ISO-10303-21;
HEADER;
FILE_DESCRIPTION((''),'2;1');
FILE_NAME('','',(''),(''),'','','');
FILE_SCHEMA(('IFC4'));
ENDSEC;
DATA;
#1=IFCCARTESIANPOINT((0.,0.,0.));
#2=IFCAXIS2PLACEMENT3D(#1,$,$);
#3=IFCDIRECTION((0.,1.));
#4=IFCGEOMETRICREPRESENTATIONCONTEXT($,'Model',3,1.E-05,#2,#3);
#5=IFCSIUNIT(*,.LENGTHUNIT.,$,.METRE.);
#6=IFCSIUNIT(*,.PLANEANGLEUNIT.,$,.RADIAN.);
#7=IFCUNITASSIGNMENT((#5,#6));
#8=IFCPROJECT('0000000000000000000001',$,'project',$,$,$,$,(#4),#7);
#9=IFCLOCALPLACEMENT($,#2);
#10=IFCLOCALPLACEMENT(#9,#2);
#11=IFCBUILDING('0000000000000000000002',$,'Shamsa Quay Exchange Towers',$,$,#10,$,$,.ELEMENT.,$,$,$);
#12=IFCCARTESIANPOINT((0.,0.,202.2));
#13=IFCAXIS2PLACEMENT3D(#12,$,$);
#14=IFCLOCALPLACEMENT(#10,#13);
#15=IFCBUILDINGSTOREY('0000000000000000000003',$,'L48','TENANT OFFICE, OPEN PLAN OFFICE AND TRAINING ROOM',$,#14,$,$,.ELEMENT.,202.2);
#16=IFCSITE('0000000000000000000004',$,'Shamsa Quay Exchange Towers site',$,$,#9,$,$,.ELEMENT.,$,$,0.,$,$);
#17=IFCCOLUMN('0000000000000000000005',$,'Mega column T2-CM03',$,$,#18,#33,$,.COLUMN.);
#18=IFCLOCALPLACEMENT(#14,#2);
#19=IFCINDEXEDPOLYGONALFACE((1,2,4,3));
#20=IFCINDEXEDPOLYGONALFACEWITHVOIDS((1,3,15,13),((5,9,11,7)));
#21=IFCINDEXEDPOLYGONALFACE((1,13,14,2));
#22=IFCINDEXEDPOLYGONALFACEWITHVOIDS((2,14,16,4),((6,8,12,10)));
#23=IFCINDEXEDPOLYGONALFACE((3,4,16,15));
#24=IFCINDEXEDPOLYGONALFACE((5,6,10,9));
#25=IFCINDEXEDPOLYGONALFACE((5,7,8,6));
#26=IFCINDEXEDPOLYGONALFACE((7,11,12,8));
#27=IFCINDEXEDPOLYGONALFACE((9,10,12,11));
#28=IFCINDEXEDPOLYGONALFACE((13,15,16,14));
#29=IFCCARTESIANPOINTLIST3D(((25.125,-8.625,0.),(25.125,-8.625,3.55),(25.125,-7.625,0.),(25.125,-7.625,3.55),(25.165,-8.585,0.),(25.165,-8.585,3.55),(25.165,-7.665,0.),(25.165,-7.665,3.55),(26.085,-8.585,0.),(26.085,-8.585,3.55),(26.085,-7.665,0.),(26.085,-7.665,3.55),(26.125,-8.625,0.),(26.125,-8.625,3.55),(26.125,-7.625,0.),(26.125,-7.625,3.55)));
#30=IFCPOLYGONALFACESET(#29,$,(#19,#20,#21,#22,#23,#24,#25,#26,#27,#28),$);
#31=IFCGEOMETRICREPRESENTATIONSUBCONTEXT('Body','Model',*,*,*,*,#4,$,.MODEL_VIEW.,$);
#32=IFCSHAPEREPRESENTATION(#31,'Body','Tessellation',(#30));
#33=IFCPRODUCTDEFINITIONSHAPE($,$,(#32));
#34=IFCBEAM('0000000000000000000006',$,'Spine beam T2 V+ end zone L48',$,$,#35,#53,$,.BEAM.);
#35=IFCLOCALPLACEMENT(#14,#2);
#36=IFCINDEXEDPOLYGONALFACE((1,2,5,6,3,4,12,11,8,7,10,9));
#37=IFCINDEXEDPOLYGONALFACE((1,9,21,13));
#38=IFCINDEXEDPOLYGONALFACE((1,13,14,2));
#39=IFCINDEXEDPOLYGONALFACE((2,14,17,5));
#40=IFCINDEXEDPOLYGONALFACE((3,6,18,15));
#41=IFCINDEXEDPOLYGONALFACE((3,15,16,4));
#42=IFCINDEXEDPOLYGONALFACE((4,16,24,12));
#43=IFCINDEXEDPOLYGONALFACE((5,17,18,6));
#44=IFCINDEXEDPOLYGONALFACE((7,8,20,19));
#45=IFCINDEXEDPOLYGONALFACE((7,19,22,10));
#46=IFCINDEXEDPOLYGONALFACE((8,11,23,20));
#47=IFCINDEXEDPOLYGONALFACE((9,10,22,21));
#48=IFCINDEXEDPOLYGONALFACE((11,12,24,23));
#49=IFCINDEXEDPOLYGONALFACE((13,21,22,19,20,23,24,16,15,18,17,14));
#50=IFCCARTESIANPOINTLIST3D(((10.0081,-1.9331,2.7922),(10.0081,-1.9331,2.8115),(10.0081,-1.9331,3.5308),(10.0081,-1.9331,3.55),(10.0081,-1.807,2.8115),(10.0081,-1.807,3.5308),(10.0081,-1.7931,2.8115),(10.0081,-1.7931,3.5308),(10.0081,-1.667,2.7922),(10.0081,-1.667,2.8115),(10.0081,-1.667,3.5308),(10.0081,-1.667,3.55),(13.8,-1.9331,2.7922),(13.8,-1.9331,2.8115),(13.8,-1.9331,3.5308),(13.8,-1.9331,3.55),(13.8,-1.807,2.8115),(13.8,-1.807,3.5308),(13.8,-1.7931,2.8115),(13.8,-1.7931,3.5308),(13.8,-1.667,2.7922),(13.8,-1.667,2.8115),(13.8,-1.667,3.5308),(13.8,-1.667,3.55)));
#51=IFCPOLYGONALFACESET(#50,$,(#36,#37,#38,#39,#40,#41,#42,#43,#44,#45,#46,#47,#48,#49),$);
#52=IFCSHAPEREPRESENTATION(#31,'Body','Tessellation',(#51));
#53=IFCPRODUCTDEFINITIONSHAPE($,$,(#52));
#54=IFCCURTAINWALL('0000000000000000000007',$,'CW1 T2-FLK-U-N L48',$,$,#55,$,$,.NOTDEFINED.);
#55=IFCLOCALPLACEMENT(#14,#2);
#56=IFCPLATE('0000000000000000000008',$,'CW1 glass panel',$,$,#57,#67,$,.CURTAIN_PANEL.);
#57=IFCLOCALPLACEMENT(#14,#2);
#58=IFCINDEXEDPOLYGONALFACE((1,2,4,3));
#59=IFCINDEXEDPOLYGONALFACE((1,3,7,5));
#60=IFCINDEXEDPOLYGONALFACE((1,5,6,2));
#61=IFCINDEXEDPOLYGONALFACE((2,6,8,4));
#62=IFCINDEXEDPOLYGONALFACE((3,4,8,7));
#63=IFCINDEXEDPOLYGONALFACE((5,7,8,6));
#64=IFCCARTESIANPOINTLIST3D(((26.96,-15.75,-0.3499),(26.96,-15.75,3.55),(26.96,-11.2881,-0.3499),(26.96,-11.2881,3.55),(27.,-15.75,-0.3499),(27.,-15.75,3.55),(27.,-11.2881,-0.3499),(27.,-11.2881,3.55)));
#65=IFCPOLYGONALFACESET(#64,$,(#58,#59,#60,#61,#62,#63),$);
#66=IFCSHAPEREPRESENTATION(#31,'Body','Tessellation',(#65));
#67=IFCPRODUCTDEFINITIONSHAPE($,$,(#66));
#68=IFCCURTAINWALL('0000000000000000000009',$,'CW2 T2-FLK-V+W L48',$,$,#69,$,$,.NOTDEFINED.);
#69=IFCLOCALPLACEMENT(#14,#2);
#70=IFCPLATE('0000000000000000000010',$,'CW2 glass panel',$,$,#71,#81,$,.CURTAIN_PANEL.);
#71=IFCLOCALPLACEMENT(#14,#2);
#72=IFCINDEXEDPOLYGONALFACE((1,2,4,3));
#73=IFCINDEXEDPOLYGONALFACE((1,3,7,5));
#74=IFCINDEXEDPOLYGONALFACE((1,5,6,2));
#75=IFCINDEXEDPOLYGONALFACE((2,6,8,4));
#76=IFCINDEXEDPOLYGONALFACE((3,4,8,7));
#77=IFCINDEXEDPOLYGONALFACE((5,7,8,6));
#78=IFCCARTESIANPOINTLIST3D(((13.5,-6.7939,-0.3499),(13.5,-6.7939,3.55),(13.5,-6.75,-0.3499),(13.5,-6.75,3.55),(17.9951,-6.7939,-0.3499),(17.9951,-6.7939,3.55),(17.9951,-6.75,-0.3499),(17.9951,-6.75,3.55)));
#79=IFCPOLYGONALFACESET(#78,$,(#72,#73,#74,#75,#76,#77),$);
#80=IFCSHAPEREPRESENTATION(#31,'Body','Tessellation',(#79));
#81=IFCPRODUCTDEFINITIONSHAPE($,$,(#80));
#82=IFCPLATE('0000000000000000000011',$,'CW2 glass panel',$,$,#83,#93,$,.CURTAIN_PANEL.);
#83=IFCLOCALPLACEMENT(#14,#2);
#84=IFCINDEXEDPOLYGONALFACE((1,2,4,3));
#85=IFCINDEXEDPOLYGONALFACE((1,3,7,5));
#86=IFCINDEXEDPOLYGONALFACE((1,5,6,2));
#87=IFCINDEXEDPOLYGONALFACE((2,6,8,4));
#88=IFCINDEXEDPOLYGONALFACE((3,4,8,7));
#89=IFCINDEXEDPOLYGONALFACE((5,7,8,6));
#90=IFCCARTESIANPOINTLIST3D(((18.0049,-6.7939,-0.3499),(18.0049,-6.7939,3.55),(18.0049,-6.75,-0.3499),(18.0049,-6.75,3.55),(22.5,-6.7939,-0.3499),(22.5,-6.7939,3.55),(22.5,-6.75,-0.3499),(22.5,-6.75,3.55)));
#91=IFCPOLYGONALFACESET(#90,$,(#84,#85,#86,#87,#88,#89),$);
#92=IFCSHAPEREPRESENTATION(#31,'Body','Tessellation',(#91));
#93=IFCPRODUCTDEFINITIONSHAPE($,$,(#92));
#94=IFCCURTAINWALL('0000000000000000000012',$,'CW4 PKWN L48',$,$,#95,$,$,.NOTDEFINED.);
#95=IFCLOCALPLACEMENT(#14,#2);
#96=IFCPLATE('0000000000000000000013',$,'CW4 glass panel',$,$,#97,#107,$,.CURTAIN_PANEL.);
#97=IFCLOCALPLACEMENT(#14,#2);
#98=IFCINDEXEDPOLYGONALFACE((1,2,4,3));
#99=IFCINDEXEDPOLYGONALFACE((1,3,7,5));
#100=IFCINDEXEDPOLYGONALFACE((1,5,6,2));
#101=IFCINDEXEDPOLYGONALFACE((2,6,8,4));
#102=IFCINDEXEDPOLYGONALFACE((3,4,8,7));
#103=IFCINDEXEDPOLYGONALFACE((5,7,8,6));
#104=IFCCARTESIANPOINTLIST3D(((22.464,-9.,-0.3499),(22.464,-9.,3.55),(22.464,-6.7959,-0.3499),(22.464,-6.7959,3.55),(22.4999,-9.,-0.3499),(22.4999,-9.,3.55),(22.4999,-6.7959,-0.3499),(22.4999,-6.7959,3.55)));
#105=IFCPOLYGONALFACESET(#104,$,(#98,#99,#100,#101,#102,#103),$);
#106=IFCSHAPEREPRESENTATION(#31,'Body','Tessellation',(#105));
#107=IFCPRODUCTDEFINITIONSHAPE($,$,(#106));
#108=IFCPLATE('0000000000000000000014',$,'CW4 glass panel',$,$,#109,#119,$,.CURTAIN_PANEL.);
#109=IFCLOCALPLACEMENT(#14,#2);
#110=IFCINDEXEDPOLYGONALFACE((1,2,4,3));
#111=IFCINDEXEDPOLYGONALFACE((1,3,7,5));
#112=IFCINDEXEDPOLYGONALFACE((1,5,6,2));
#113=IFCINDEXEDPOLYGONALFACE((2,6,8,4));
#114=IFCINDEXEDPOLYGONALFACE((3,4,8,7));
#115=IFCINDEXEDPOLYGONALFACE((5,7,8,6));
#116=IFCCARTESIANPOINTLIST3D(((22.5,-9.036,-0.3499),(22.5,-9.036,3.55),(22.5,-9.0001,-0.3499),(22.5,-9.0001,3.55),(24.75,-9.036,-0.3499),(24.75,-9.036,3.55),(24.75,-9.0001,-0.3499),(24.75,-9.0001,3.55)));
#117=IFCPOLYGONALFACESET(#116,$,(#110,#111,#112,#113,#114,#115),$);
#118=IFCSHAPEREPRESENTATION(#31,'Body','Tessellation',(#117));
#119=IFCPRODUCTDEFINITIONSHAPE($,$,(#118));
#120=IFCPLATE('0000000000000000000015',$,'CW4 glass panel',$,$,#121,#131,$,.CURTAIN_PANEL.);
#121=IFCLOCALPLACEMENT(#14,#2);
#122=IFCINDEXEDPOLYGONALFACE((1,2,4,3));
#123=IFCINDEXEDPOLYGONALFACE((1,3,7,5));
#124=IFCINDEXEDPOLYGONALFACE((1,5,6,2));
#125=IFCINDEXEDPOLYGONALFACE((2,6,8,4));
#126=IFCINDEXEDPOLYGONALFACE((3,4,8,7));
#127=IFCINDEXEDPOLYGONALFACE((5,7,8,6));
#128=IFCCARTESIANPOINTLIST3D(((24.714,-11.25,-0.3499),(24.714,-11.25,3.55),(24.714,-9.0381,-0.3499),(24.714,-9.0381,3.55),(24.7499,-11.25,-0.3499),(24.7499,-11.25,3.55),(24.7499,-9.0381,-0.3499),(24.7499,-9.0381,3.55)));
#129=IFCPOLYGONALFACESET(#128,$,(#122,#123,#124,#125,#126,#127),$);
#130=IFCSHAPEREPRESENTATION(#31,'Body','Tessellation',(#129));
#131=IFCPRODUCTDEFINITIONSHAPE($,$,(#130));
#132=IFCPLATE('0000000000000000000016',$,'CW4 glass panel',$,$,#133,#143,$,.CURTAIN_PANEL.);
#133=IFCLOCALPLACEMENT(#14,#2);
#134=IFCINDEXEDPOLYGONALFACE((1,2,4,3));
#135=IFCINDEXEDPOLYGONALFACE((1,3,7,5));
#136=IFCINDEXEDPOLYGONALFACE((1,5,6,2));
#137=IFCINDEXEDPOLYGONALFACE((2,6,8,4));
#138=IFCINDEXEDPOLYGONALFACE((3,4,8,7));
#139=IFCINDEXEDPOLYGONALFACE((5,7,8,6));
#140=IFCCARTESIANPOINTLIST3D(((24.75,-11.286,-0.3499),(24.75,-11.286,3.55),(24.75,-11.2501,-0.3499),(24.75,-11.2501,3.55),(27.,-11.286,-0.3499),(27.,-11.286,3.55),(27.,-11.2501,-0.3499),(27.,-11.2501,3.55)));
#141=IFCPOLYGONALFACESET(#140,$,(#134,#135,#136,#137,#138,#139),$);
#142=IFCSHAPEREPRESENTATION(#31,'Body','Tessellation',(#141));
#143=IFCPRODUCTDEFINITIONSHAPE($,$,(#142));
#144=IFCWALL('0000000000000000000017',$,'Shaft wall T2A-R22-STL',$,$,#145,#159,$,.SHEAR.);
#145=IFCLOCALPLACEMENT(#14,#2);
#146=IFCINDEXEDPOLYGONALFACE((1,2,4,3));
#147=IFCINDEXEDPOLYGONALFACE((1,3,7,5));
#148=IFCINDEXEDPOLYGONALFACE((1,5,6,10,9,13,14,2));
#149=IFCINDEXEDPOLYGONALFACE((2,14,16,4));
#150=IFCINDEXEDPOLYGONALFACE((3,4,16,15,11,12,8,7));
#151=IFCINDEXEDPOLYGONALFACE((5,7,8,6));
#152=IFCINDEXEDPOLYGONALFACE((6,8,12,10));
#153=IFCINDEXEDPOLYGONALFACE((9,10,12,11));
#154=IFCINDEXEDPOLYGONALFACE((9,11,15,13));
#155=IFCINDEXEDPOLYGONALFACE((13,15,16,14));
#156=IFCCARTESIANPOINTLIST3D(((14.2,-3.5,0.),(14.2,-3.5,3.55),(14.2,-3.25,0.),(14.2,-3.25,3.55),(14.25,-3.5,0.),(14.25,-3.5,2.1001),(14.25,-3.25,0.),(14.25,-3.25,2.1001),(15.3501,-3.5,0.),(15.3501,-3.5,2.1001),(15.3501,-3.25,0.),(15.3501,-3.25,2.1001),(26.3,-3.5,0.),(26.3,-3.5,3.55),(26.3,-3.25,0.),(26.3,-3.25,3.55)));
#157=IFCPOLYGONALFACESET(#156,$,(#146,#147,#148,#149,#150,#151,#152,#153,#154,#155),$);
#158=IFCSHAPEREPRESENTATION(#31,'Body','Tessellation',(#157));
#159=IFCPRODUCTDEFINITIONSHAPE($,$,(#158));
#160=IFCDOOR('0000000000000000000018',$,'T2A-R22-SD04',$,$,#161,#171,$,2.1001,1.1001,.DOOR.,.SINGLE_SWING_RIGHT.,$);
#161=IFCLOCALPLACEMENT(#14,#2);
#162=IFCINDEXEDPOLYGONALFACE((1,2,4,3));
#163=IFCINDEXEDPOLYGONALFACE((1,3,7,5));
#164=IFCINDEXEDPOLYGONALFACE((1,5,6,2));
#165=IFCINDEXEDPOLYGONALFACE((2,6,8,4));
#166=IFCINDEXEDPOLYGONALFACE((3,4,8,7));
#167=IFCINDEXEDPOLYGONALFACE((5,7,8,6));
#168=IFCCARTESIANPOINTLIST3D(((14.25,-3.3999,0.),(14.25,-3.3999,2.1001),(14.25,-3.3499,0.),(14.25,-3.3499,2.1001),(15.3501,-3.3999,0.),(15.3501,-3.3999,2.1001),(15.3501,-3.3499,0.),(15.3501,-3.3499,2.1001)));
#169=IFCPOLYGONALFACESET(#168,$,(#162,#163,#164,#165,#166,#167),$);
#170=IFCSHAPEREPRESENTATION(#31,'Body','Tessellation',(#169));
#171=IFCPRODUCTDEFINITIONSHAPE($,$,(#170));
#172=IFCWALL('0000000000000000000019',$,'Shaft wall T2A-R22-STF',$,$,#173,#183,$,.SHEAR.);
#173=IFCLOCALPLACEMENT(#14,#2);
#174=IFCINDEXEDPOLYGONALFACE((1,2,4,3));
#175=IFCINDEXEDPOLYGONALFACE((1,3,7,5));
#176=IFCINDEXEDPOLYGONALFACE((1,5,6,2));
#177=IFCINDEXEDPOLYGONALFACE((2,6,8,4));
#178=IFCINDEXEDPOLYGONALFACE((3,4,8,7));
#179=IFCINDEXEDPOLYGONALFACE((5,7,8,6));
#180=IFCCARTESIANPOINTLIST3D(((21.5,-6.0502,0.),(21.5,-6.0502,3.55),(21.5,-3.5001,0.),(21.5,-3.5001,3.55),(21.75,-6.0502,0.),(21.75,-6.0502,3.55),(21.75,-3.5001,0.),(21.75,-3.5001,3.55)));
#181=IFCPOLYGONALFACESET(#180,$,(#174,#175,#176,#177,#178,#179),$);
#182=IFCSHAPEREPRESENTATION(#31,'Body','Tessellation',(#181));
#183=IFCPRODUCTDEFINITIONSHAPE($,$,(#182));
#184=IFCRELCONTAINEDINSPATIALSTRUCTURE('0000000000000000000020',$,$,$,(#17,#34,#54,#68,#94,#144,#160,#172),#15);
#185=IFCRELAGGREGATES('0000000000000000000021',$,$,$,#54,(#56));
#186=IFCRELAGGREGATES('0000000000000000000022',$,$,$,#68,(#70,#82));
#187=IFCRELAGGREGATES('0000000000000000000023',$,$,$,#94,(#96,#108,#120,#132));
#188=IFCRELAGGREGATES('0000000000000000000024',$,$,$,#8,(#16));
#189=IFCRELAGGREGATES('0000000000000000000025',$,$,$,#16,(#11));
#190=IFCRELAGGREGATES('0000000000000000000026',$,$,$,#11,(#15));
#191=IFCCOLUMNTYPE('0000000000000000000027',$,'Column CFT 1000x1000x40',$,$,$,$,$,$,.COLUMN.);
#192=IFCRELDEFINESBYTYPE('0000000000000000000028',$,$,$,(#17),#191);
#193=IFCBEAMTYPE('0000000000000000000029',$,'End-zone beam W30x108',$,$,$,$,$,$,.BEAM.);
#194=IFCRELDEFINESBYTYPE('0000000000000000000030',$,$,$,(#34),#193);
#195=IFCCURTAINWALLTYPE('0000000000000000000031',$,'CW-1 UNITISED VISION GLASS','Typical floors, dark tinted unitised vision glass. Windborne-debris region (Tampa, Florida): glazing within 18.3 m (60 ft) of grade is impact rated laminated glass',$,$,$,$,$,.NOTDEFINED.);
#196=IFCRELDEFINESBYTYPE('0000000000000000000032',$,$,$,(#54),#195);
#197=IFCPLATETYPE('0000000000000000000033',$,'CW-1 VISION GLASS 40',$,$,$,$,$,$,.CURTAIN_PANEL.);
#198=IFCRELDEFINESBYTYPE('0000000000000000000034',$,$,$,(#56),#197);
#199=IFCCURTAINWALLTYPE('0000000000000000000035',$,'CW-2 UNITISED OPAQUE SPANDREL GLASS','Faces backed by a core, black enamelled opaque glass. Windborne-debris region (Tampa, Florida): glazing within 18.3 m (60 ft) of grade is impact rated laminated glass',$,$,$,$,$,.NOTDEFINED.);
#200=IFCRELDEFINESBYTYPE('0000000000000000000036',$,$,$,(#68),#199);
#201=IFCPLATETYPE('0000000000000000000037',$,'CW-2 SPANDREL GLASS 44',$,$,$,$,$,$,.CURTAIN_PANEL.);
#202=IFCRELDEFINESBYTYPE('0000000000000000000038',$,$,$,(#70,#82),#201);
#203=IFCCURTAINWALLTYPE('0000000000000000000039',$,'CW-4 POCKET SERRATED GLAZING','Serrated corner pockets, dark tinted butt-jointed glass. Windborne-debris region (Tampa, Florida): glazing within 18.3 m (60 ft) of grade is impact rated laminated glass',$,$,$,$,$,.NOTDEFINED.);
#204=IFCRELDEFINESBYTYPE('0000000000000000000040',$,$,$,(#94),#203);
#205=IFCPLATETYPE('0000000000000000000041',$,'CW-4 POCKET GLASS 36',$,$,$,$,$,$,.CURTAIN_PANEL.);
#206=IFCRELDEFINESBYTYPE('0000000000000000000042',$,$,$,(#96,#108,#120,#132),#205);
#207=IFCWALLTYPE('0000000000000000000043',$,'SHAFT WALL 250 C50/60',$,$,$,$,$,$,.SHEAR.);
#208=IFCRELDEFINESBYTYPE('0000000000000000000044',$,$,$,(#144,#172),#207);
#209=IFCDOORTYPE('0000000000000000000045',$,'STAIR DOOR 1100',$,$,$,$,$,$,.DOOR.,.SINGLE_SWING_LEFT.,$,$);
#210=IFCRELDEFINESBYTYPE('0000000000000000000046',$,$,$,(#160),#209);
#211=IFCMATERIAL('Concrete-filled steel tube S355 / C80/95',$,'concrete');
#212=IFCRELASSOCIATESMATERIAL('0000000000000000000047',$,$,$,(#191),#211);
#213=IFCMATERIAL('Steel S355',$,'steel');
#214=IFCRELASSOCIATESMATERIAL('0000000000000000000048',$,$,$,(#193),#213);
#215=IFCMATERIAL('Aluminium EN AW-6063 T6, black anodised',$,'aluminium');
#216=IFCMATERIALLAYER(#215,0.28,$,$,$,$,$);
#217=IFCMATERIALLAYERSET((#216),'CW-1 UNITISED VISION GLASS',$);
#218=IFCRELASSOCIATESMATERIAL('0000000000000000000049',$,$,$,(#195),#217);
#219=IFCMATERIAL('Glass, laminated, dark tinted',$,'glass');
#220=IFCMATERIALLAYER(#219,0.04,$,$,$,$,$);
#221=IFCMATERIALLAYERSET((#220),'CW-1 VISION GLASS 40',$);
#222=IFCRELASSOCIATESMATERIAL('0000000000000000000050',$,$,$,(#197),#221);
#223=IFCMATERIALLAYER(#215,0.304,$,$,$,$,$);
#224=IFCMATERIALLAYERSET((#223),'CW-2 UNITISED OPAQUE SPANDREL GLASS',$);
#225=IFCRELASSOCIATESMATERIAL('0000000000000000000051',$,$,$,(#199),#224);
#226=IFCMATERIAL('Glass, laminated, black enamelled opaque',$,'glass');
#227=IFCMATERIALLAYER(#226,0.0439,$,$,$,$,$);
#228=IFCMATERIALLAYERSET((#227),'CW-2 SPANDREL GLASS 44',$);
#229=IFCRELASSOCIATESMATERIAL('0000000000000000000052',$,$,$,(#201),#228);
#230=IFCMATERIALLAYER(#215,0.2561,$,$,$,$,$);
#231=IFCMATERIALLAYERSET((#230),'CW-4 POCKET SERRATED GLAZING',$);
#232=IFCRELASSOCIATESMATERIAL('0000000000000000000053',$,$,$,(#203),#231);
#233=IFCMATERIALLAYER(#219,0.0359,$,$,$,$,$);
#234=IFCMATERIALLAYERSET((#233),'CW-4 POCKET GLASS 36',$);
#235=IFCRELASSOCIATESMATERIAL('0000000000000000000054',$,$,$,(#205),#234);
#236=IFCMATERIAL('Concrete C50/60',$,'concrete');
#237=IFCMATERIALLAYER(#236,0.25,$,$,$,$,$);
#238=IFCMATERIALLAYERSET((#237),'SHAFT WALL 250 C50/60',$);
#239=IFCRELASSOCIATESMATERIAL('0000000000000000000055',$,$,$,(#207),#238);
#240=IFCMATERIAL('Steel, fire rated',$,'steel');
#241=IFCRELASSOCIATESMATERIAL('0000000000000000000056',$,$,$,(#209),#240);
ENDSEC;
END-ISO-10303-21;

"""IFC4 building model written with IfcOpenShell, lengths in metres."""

from ifc_helpers import new_model, si_unit, direction, frame, frame_2d, origin, origin_2d, place, context, subcontext, project, spatial, rectangle, hollow_rectangle, i_section, extrude, material, layer, layer_set, material_profile, profile_set, type_object, element, fill, aggregate, save


model = new_model("IFC4")

# Units and contexts
model_context = context("Model", 3, precision=1e-05, world=origin(), true_north=direction((0.0, 1.0)))
body_context = subcontext(model_context, "Body", "Model", "MODEL_VIEW")
ifc_project = project(units=[si_unit("LENGTHUNIT", "METRE"), si_unit("PLANEANGLEUNIT", "RADIAN")], contexts=[model_context])

# Site, building, storey
site_placement = place(None, origin())
site = spatial("IfcSite", under=ifc_project, at=site_placement, Name="Shamsa Quay Exchange Towers site", CompositionType="ELEMENT", RefElevation=0.0)
building_placement = place(site_placement, origin())
building = spatial("IfcBuilding", under=site, at=building_placement, Name="Shamsa Quay Exchange Towers", CompositionType="ELEMENT")
storey_placement = place(building_placement, frame((0.0, 0.0, 202.2)))
storey = spatial("IfcBuildingStorey", under=building, at=storey_placement, Name="L48", Description="TENANT OFFICE, OPEN PLAN OFFICE AND TRAINING ROOM", CompositionType="ELEMENT", Elevation=202.2)

# Column
ifc_material_1 = material(Name="Concrete-filled steel tube S355 / C80/95", Category="concrete")
ifc_material_profile_1 = material_profile(ifc_material_1, hollow_rectangle(XDim=1.0, YDim=1.0, WallThickness=0.04, at=origin_2d()), Name="CFT 1000x1000x40")
ifc_profile_set_1 = profile_set([ifc_material_profile_1], Name="Concrete-filled steel tube S355 / C80/95")
column_type = type_object("IfcColumnType", Name="Column CFT 1000x1000x40", PredefinedType="COLUMN", material=ifc_profile_set_1)
column_placement = place(storey_placement, frame((25.625, -8.125, 0.0)))
element("IfcColumn", 1, at=column_placement, inside=storey, type_object=column_type, Name="Mega column T2-CM03", PredefinedType="COLUMN", context=body_context, shape_type="SweptSolid", body=[
    extrude(hollow_rectangle(XDim=1.0, YDim=1.0, WallThickness=0.04, at=origin_2d()), origin(), (0.0, 0.0, 1.0), 3.55),
])

# Beam
ifc_material_2 = material(Name="Steel S355", Category="steel")
ifc_material_profile_2 = material_profile(ifc_material_2, i_section(OverallWidth=0.2661, OverallDepth=0.7578, WebThickness=0.0139, FlangeThickness=0.0193, at=origin_2d()), Name="W30x108")
ifc_profile_set_2 = profile_set([ifc_material_profile_2], Name="Steel S355")
beam_type = type_object("IfcBeamType", Name="End-zone beam W30x108", PredefinedType="BEAM", material=ifc_profile_set_2)
beam_placement = place(storey_placement, frame((13.8, -1.8, 3.1711), z_axis=(-1.0, 0.0, 0.0), x_axis=(0.0, -1.0, 0.0)))
element("IfcBeam", 2, at=beam_placement, inside=storey, type_object=beam_type, Name="Spine beam T2 V+ end zone L48", PredefinedType="BEAM", context=body_context, shape_type="SweptSolid", body=[
    extrude(i_section(OverallWidth=0.2661, OverallDepth=0.7578, WebThickness=0.0139, FlangeThickness=0.0193, at=origin_2d()), origin(), (0.0, 0.0, 1.0), 3.792),
])

# Curtain wall, plate
ifc_material_3 = material(Name="Aluminium EN AW-6063 T6, black anodised", Category="aluminium")
ifc_layer_1 = layer(ifc_material_3, 0.28)
ifc_layer_set_1 = layer_set([ifc_layer_1], Name="CW-1 UNITISED VISION GLASS")
curtain_wall_type_1 = type_object("IfcCurtainWallType", Name="CW-1 UNITISED VISION GLASS", Description="Typical floors, dark tinted unitised vision glass. Windborne-debris region (Tampa, Florida): glazing within 18.3 m (60 ft) of grade is impact rated laminated glass", PredefinedType="NOTDEFINED", material=ifc_layer_set_1)
curtain_wall_1_placement = place(storey_placement, origin())
curtain_wall_1 = element("IfcCurtainWall", 3, at=curtain_wall_1_placement, inside=storey, type_object=curtain_wall_type_1, Name="CW1 T2-FLK-U-N L48", PredefinedType="NOTDEFINED")
ifc_material_4 = material(Name="Glass, laminated, dark tinted", Category="glass")
ifc_layer_2 = layer(ifc_material_4, 0.04)
ifc_layer_set_2 = layer_set([ifc_layer_2], Name="CW-1 VISION GLASS 40")
plate_type_1 = type_object("IfcPlateType", Name="CW-1 VISION GLASS 40", PredefinedType="CURTAIN_PANEL", material=ifc_layer_set_2)
plate_1_placement = place(storey_placement, frame((26.98, -13.519, -0.3499), z_axis=(0.0, 0.0, 1.0), x_axis=(0.0, -1.0, 0.0)))
plate_1 = element("IfcPlate", 4, at=plate_1_placement, type_object=plate_type_1, Name="CW1 glass panel", PredefinedType="CURTAIN_PANEL", context=body_context, shape_type="SweptSolid", body=[
    extrude(rectangle(XDim=4.4619, YDim=0.04, at=origin_2d()), origin(), (0.0, 0.0, 1.0), 3.8999),
])
aggregate(curtain_wall_1, [plate_1])

# Curtain walls, plates
ifc_layer_3 = layer(ifc_material_3, 0.304)
ifc_layer_set_3 = layer_set([ifc_layer_3], Name="CW-2 UNITISED OPAQUE SPANDREL GLASS")
curtain_wall_type_2 = type_object("IfcCurtainWallType", Name="CW-2 UNITISED OPAQUE SPANDREL GLASS", Description="Faces backed by a core, black enamelled opaque glass. Windborne-debris region (Tampa, Florida): glazing within 18.3 m (60 ft) of grade is impact rated laminated glass", PredefinedType="NOTDEFINED", material=ifc_layer_set_3)
curtain_wall_2_placement = place(storey_placement, origin())
curtain_wall_2 = element("IfcCurtainWall", 5, at=curtain_wall_2_placement, inside=storey, type_object=curtain_wall_type_2, Name="CW2 T2-FLK-V+W L48", PredefinedType="NOTDEFINED")
ifc_material_5 = material(Name="Glass, laminated, black enamelled opaque", Category="glass")
ifc_layer_4 = layer(ifc_material_5, 0.0439)
ifc_layer_set_4 = layer_set([ifc_layer_4], Name="CW-2 SPANDREL GLASS 44")
plate_type_2 = type_object("IfcPlateType", Name="CW-2 SPANDREL GLASS 44", PredefinedType="CURTAIN_PANEL", material=ifc_layer_set_4)
plate_2_placement = place(storey_placement, frame((15.7476, -6.772, -0.3499)))
plate_2 = element("IfcPlate", 6, at=plate_2_placement, type_object=plate_type_2, Name="CW2 glass panel", PredefinedType="CURTAIN_PANEL", context=body_context, shape_type="SweptSolid", body=[
    extrude(rectangle(XDim=4.4951, YDim=0.0439, at=origin_2d()), origin(), (0.0, 0.0, 1.0), 3.8999),
])
plate_3_placement = place(storey_placement, frame((20.2524, -6.772, -0.3499)))
plate_3 = element("IfcPlate", 7, at=plate_3_placement, type_object=plate_type_2, Name="CW2 glass panel", PredefinedType="CURTAIN_PANEL", context=body_context, shape_type="SweptSolid", body=[
    extrude(rectangle(XDim=4.4951, YDim=0.0439, at=origin_2d()), origin(), (0.0, 0.0, 1.0), 3.8999),
])
aggregate(curtain_wall_2, [plate_2, plate_3])
ifc_layer_5 = layer(ifc_material_3, 0.2561)
ifc_layer_set_5 = layer_set([ifc_layer_5], Name="CW-4 POCKET SERRATED GLAZING")
curtain_wall_type_3 = type_object("IfcCurtainWallType", Name="CW-4 POCKET SERRATED GLAZING", Description="Serrated corner pockets, dark tinted butt-jointed glass. Windborne-debris region (Tampa, Florida): glazing within 18.3 m (60 ft) of grade is impact rated laminated glass", PredefinedType="NOTDEFINED", material=ifc_layer_set_5)
curtain_wall_3_placement = place(storey_placement, origin())
curtain_wall_3 = element("IfcCurtainWall", 8, at=curtain_wall_3_placement, inside=storey, type_object=curtain_wall_type_3, Name="CW4 PKWN L48", PredefinedType="NOTDEFINED")
ifc_layer_6 = layer(ifc_material_4, 0.0359)
ifc_layer_set_6 = layer_set([ifc_layer_6], Name="CW-4 POCKET GLASS 36")
plate_type_3 = type_object("IfcPlateType", Name="CW-4 POCKET GLASS 36", PredefinedType="CURTAIN_PANEL", material=ifc_layer_set_6)
plate_4_placement = place(storey_placement, frame((22.4819, -7.8979, -0.3499), z_axis=(0.0, 0.0, 1.0), x_axis=(0.0, -1.0, 0.0)))
plate_4 = element("IfcPlate", 9, at=plate_4_placement, type_object=plate_type_3, Name="CW4 glass panel", PredefinedType="CURTAIN_PANEL", context=body_context, shape_type="SweptSolid", body=[
    extrude(rectangle(XDim=2.2041, YDim=0.0359, at=origin_2d()), origin(), (0.0, 0.0, 1.0), 3.8999),
])
plate_5_placement = place(storey_placement, frame((23.625, -9.0181, -0.3499)))
plate_5 = element("IfcPlate", 10, at=plate_5_placement, type_object=plate_type_3, Name="CW4 glass panel", PredefinedType="CURTAIN_PANEL", context=body_context, shape_type="SweptSolid", body=[
    extrude(rectangle(XDim=2.25, YDim=0.0359, at=origin_2d()), origin(), (0.0, 0.0, 1.0), 3.8999),
])
plate_6_placement = place(storey_placement, frame((24.7319, -10.144, -0.3499), z_axis=(0.0, 0.0, 1.0), x_axis=(0.0, -1.0, 0.0)))
plate_6 = element("IfcPlate", 11, at=plate_6_placement, type_object=plate_type_3, Name="CW4 glass panel", PredefinedType="CURTAIN_PANEL", context=body_context, shape_type="SweptSolid", body=[
    extrude(rectangle(XDim=2.2119, YDim=0.0359, at=origin_2d()), origin(), (0.0, 0.0, 1.0), 3.8999),
])
plate_7_placement = place(storey_placement, frame((25.875, -11.2681, -0.3499)))
plate_7 = element("IfcPlate", 12, at=plate_7_placement, type_object=plate_type_3, Name="CW4 glass panel", PredefinedType="CURTAIN_PANEL", context=body_context, shape_type="SweptSolid", body=[
    extrude(rectangle(XDim=2.25, YDim=0.0359, at=origin_2d()), origin(), (0.0, 0.0, 1.0), 3.8999),
])
aggregate(curtain_wall_3, [plate_4, plate_5, plate_6, plate_7])

# Wall, opening, door
ifc_material_6 = material(Name="Concrete C50/60", Category="concrete")
ifc_layer_7 = layer(ifc_material_6, 0.25)
ifc_layer_set_7 = layer_set([ifc_layer_7], Name="SHAFT WALL 250 C50/60")
wall_type = type_object("IfcWallType", Name="SHAFT WALL 250 C50/60", PredefinedType="SHEAR", material=ifc_layer_set_7)
wall_1_placement = place(storey_placement, frame((26.3, -3.375, 0.0), z_axis=(0.0, 0.0, 1.0), x_axis=(-1.0, 0.0, 0.0)))
wall_1 = element("IfcWall", 13, at=wall_1_placement, inside=storey, type_object=wall_type, Name="Shaft wall T2A-R22-STL", PredefinedType="SHEAR", context=body_context, shape_type="SweptSolid", body=[
    extrude(rectangle(XDim=12.1001, YDim=0.25, at=frame_2d((6.05, 0.0))), origin(), (0.0, 0.0, 1.0), 3.55),
])
opening_1_placement = place(wall_1_placement, frame((10.95, 0.0, 0.0)))
opening_1 = element("IfcOpeningElement", 14, at=opening_1_placement, cuts=wall_1, PredefinedType="OPENING", context=body_context, shape_type="SweptSolid", body=[
    extrude(rectangle(XDim=1.1001, YDim=2.1001, at=frame_2d((0.55, 1.05))), frame((0.0, 0.135, 0.0), z_axis=(0.0, -1.0, 0.0), x_axis=(1.0, 0.0, 0.0)), (0.0, 0.0, 1.0), 0.27),
])
ifc_material_7 = material(Name="Steel, fire rated", Category="steel")
door_type_1 = type_object("IfcDoorType", Name="STAIR DOOR 1100", OperationType="SINGLE_SWING_LEFT", PredefinedType="DOOR", material=ifc_material_7)
door_1_placement = place(opening_1_placement, origin())
door_1 = element("IfcDoor", 15, at=door_1_placement, inside=storey, type_object=door_type_1, Name="T2A-R22-SD04", OperationType="SINGLE_SWING_RIGHT", OverallHeight=2.1001, OverallWidth=1.1001, PredefinedType="DOOR", context=body_context, shape_type="SweptSolid", body=[
    extrude(rectangle(XDim=1.1001, YDim=2.1001, at=frame_2d((0.55, 1.05))), frame((0.0, 0.0249, 0.0), z_axis=(0.0, -1.0, 0.0), x_axis=(1.0, 0.0, 0.0)), (0.0, 0.0, 1.0), 0.05),
])
fill(opening_1, door_1)

# Wall
wall_2_placement = place(storey_placement, frame((21.625, -6.05, 0.0), z_axis=(0.0, 0.0, 1.0), x_axis=(0.0, 1.0, 0.0)))
element("IfcWall", 16, at=wall_2_placement, inside=storey, type_object=wall_type, Name="Shaft wall T2A-R22-STF", PredefinedType="SHEAR", context=body_context, shape_type="SweptSolid", body=[
    extrude(rectangle(XDim=2.55, YDim=0.25, at=frame_2d((1.2749, 0.0))), origin(), (0.0, 0.0, 1.0), 3.55),
])

save(model, "model.ifc")
